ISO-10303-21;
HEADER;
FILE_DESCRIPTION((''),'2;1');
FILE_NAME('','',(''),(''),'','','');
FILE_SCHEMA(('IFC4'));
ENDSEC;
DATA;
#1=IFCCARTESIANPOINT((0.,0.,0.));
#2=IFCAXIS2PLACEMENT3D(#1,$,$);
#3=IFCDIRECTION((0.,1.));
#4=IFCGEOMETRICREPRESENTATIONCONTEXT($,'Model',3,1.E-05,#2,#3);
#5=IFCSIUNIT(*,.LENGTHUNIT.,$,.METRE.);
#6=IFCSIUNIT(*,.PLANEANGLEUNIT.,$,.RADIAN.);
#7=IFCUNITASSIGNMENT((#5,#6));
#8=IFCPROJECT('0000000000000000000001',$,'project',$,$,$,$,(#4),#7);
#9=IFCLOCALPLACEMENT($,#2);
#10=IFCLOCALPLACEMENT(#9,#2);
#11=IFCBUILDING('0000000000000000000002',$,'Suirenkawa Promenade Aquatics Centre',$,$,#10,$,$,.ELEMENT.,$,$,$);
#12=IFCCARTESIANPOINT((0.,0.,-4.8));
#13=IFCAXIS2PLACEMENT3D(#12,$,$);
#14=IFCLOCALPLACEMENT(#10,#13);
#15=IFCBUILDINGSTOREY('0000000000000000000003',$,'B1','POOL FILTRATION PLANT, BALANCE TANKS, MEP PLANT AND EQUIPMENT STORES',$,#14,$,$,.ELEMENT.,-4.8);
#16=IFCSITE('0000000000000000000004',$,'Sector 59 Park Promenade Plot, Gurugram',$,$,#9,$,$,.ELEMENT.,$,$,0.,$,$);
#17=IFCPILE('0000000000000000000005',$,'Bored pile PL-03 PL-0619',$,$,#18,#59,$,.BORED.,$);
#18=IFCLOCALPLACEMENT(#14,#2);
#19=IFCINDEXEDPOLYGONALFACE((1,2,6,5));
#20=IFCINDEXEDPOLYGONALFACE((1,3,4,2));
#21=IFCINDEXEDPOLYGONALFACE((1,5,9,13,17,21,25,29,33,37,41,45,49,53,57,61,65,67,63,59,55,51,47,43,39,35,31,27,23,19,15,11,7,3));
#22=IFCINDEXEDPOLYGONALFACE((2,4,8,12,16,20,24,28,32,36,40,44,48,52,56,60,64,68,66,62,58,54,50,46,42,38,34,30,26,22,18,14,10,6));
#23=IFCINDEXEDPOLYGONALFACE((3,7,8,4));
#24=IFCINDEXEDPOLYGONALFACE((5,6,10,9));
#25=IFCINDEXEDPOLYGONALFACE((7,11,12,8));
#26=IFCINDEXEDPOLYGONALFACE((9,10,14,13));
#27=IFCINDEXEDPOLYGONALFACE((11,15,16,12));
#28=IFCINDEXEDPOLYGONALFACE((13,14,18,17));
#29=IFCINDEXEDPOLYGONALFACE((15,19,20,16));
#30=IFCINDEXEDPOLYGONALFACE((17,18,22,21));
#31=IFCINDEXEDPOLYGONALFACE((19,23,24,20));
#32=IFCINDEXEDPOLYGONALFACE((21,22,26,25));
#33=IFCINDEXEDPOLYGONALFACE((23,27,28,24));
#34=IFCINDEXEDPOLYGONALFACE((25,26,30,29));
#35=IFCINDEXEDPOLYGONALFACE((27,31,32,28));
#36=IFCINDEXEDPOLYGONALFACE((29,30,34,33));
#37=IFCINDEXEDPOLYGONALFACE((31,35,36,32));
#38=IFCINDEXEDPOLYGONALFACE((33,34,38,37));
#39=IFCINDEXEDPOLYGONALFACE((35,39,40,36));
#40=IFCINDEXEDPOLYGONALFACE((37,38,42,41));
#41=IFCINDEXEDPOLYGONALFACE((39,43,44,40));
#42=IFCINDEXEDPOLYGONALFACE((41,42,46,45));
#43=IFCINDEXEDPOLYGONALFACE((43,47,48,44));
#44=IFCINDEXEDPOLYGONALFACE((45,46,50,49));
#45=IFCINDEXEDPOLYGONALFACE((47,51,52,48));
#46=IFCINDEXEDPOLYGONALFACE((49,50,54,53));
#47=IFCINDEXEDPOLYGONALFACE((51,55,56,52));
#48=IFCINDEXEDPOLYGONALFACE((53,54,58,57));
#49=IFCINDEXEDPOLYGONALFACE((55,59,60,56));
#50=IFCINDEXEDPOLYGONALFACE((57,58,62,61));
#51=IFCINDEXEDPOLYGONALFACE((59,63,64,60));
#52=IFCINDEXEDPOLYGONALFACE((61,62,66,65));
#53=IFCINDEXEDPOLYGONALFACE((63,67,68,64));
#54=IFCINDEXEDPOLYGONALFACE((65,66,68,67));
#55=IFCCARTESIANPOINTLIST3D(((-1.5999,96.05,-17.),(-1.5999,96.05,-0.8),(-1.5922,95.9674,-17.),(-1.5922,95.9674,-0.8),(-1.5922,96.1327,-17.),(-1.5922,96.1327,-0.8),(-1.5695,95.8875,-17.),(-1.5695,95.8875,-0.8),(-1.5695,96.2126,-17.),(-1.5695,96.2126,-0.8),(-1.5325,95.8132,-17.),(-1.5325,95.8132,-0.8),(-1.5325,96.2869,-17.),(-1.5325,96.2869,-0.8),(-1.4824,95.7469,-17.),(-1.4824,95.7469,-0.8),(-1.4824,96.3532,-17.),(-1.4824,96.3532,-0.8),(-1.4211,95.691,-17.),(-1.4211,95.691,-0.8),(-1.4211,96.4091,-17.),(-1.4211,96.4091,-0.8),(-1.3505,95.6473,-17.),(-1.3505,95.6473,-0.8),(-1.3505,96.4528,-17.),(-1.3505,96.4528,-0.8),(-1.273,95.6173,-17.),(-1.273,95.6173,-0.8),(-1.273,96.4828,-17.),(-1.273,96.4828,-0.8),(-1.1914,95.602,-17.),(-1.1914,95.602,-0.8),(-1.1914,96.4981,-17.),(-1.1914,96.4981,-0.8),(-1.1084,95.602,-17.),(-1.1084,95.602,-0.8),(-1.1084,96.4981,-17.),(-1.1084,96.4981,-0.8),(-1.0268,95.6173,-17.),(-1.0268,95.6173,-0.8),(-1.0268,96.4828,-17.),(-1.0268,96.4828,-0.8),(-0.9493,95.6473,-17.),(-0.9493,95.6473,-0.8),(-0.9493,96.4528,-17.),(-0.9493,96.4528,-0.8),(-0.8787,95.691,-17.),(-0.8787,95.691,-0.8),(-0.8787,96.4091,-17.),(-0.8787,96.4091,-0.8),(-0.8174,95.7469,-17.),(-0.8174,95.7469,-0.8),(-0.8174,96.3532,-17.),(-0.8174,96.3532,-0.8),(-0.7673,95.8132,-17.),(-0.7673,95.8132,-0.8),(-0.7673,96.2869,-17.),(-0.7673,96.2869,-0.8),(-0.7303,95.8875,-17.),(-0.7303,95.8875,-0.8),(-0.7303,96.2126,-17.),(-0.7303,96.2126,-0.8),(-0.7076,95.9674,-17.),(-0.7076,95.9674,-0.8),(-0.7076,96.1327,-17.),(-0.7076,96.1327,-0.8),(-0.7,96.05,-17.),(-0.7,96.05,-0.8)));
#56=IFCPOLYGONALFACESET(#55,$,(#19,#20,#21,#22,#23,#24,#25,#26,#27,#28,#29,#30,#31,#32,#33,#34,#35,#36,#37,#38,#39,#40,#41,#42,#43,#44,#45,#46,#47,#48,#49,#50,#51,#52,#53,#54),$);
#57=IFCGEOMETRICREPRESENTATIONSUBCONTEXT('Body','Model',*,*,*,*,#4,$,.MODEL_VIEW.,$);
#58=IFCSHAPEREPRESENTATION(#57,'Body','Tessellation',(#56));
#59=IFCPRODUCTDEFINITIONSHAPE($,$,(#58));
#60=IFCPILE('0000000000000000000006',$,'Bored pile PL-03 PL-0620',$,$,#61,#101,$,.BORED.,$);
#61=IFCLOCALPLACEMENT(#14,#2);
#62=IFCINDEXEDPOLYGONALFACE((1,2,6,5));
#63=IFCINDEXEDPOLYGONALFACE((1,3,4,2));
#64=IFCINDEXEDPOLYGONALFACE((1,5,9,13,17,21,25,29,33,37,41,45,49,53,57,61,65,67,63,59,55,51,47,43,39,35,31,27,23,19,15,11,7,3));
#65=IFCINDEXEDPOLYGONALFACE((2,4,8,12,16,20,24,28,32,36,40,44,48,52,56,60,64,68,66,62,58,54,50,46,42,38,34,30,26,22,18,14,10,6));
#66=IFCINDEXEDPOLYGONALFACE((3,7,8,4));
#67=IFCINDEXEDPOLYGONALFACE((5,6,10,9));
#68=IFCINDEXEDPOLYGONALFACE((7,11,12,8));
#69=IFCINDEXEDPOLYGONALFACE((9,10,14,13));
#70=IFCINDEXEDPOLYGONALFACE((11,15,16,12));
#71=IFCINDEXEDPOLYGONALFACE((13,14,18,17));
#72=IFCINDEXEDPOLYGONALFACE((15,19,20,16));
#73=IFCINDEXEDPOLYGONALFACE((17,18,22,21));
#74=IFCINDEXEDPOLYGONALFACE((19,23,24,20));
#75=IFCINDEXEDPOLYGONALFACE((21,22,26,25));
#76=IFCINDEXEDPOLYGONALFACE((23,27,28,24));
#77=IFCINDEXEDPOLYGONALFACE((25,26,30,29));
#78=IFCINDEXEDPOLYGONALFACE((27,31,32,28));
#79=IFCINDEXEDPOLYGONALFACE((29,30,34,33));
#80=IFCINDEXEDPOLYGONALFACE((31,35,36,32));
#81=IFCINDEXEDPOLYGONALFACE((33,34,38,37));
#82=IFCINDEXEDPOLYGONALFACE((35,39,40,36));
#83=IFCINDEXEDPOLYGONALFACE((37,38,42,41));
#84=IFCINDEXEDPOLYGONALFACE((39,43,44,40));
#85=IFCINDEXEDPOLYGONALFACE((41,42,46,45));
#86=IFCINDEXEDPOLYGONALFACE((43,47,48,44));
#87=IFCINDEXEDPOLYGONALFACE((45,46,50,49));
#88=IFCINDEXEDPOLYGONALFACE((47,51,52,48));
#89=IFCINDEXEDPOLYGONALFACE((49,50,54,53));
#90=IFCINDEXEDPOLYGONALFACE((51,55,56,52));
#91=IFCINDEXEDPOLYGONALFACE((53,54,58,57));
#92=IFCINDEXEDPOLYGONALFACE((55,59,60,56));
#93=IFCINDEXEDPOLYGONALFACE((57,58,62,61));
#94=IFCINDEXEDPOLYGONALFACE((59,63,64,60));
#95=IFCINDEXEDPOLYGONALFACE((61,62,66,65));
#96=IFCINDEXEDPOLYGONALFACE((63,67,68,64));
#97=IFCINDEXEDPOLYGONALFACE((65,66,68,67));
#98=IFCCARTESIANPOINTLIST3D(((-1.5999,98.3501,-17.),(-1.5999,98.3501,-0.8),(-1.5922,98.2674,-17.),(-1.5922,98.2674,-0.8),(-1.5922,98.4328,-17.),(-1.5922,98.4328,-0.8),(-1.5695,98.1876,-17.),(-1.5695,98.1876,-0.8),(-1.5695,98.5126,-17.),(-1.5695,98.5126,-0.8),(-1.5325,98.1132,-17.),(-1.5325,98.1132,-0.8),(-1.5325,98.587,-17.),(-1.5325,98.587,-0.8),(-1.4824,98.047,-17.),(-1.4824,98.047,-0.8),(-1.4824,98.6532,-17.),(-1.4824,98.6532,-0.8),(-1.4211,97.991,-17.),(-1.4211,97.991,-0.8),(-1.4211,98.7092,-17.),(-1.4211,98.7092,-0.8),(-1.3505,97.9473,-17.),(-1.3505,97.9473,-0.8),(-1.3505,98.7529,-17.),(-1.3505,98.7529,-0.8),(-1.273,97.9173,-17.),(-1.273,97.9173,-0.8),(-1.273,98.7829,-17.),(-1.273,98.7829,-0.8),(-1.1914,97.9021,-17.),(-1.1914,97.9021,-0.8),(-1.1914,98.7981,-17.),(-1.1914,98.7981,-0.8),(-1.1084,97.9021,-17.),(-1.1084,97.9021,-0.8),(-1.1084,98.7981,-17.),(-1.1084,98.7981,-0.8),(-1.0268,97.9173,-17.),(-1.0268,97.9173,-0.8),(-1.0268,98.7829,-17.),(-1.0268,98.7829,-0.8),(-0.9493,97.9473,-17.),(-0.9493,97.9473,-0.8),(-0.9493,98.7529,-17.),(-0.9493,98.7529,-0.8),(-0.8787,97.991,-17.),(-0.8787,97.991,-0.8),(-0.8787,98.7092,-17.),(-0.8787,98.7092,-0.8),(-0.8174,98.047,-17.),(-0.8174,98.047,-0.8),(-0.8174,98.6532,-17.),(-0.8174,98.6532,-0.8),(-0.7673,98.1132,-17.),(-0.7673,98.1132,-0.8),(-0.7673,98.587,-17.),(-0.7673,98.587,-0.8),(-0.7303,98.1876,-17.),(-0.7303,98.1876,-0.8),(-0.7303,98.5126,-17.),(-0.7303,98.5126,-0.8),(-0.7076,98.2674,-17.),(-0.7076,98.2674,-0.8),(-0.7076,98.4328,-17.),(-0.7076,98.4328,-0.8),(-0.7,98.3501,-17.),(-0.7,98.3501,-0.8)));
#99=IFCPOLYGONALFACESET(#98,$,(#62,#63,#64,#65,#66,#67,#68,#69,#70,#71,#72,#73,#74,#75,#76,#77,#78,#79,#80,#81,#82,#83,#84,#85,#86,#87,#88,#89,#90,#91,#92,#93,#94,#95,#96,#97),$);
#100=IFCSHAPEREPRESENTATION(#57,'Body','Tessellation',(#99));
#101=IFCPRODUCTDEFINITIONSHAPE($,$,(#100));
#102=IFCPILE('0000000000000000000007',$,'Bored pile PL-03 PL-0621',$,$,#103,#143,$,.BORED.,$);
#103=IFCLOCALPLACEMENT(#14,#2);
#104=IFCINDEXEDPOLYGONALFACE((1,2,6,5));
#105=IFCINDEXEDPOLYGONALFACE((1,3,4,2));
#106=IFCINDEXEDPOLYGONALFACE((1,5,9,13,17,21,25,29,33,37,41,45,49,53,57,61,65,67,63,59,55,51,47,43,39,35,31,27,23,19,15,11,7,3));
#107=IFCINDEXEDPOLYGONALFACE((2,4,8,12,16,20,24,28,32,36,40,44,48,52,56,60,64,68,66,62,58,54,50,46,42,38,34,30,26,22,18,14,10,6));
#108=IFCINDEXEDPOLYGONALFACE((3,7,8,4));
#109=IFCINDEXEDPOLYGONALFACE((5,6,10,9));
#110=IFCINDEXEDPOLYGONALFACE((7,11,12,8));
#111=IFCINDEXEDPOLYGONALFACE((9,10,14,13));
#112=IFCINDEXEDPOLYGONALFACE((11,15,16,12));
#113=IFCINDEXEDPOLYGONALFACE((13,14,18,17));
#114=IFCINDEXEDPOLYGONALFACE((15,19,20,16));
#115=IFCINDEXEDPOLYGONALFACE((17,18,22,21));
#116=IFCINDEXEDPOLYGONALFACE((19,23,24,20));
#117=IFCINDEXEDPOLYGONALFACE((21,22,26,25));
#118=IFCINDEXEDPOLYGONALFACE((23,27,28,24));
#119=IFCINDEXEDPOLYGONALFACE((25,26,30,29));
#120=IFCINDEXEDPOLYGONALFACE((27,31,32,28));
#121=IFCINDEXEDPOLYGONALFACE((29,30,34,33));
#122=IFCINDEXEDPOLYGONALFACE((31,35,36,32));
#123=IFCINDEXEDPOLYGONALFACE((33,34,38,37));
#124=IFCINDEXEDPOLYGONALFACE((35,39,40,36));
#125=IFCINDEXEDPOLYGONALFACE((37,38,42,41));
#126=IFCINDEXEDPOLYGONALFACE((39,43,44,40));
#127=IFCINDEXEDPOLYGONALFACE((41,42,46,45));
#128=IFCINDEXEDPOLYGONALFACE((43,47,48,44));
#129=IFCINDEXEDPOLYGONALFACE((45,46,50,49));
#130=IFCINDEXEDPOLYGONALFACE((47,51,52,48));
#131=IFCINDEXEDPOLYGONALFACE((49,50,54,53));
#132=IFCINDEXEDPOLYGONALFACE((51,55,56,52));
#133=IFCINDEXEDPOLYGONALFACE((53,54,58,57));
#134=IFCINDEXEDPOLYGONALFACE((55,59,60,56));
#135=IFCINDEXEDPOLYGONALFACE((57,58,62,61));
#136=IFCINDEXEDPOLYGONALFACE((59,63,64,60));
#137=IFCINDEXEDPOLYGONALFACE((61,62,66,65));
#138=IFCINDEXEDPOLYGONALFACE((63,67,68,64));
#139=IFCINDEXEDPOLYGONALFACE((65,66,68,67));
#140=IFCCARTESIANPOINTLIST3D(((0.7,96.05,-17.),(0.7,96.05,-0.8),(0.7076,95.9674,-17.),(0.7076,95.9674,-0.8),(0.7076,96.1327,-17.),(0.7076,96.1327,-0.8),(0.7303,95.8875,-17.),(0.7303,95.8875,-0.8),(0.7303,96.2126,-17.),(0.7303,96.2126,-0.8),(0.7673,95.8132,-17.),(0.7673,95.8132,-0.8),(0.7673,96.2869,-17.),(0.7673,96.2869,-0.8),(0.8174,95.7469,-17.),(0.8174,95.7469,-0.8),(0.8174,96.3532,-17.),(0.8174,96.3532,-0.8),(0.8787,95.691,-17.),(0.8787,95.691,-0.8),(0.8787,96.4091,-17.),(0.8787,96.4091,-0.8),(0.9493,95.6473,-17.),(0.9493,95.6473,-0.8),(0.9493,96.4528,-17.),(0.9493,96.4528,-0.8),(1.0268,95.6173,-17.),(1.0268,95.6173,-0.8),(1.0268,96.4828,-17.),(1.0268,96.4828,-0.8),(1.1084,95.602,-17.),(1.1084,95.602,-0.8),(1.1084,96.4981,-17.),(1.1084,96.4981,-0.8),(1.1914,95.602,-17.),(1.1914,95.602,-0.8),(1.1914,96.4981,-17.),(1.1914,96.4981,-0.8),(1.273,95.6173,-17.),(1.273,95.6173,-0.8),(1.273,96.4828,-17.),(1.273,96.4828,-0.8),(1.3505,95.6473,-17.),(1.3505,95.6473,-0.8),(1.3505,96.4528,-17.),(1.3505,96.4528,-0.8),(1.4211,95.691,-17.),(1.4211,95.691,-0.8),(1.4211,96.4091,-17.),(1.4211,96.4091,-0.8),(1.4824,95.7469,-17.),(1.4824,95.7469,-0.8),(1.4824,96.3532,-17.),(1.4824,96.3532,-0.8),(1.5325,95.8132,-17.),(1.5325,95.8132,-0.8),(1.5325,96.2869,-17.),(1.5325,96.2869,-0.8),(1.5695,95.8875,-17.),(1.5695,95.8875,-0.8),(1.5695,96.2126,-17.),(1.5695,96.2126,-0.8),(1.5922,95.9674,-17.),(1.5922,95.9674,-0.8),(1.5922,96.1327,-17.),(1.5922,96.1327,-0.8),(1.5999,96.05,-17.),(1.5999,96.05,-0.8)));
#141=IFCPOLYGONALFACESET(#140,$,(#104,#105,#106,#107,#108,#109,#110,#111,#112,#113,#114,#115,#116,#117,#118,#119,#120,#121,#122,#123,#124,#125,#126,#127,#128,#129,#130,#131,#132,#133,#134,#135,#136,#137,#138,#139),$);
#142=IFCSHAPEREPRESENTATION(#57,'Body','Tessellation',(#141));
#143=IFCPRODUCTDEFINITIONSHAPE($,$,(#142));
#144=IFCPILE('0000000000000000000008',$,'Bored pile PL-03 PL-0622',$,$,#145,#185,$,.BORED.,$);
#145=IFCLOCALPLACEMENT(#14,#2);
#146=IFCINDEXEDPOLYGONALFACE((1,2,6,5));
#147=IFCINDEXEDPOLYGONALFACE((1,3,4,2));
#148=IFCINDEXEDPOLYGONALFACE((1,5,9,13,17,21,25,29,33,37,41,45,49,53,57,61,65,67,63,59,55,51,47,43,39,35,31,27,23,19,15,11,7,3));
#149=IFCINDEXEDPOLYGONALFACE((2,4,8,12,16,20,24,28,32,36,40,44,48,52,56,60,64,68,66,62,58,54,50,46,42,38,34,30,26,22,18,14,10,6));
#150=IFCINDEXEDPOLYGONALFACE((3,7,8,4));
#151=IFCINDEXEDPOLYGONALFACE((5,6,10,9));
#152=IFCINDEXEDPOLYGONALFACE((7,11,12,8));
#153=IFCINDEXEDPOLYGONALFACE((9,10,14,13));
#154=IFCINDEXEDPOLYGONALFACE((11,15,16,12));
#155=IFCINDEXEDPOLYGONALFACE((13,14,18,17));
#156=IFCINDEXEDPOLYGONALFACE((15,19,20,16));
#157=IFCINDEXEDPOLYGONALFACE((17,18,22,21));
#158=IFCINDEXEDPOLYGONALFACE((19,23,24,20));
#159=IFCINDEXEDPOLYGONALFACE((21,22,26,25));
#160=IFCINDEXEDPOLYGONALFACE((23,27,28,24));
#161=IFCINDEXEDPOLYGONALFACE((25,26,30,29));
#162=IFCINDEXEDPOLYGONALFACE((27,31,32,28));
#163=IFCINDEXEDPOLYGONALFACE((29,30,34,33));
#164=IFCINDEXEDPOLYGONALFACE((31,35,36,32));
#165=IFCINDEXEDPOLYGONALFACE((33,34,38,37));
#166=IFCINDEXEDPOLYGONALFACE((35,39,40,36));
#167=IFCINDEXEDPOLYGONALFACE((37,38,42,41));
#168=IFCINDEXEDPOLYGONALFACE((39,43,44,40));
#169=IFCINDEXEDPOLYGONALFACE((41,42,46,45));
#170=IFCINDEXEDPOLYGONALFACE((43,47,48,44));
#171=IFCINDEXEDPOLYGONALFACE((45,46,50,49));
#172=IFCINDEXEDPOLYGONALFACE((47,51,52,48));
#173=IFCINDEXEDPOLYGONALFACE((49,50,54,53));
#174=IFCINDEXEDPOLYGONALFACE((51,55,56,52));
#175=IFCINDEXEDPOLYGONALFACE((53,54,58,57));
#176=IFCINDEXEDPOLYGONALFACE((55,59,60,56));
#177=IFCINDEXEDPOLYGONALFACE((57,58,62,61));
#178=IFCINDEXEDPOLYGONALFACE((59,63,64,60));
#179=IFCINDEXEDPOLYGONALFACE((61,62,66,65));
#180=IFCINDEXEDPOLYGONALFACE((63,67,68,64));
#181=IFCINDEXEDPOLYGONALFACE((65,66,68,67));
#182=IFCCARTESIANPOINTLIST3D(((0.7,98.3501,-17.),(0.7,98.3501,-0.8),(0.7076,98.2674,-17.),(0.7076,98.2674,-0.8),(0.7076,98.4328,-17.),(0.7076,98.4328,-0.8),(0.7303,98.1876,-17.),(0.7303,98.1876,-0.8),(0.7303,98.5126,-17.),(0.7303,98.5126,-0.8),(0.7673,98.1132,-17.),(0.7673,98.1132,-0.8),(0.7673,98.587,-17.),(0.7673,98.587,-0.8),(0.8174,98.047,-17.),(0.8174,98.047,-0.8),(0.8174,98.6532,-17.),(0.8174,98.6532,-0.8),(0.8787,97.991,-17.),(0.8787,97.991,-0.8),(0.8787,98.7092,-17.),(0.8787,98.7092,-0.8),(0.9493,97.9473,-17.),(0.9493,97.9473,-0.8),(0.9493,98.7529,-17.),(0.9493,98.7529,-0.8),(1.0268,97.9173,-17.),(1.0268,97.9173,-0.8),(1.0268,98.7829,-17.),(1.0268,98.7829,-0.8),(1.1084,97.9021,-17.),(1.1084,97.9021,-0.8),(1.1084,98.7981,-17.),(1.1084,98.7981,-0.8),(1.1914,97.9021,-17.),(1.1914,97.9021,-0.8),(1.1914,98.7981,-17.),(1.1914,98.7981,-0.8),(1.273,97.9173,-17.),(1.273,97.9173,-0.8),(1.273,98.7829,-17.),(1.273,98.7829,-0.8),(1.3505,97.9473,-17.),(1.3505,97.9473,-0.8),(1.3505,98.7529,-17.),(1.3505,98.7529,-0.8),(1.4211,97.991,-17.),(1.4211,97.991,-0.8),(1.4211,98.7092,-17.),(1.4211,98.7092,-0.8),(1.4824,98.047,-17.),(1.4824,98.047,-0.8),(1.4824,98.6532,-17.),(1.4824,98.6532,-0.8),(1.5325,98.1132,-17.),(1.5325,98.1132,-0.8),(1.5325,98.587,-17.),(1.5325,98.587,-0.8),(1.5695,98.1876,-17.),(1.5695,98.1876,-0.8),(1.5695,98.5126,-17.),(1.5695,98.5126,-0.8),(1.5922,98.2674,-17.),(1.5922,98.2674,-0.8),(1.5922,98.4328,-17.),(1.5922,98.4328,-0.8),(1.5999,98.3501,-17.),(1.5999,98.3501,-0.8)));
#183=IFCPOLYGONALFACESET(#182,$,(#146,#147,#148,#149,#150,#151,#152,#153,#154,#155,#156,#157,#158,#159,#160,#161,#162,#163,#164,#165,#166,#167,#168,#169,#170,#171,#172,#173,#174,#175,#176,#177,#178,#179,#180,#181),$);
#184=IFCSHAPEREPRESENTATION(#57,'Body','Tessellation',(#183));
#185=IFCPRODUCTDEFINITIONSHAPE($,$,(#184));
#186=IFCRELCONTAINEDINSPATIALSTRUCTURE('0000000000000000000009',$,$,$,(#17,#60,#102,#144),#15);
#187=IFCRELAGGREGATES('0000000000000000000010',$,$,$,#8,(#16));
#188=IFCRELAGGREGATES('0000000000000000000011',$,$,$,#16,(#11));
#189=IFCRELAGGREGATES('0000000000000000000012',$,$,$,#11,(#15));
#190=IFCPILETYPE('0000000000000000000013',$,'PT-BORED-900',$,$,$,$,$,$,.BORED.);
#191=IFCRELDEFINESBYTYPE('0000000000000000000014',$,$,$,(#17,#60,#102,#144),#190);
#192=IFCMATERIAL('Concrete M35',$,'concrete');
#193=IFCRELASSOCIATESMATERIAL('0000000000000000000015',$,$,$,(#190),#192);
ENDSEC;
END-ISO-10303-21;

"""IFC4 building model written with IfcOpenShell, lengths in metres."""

from ifc_helpers import new_model, si_unit, direction, frame, origin, origin_2d, place, context, subcontext, project, spatial, circle, extrude, material, material_profile, profile_set, type_object, element, save


model = new_model("IFC4")

# Units and contexts
model_context = context("Model", 3, precision=1e-05, world=origin(), true_north=direction((0.0, 1.0)))
body_context = subcontext(model_context, "Body", "Model", "MODEL_VIEW")
ifc_project = project(units=[si_unit("LENGTHUNIT", "METRE"), si_unit("PLANEANGLEUNIT", "RADIAN")], contexts=[model_context])

# Site, building, storey
site_placement = place(None, origin())
site = spatial("IfcSite", under=ifc_project, at=site_placement, Name="Sector 59 Park Promenade Plot, Gurugram", CompositionType="ELEMENT", RefElevation=0.0)
building_placement = place(site_placement, origin())
building = spatial("IfcBuilding", under=site, at=building_placement, Name="Suirenkawa Promenade Aquatics Centre", CompositionType="ELEMENT")
storey_placement = place(building_placement, frame((0.0, 0.0, -4.8)))
storey = spatial("IfcBuildingStorey", under=building, at=storey_placement, Name="B1", Description="POOL FILTRATION PLANT, BALANCE TANKS, MEP PLANT AND EQUIPMENT STORES", CompositionType="ELEMENT", Elevation=-4.8)

# Shared definitions
ifc_material_1 = material(Name="Concrete M35", Category="concrete")

# Piles
ifc_material_profile_1 = material_profile(ifc_material_1, circle(Radius=0.45, at=origin_2d()), Name="PILE D900", Category="concrete")
ifc_profile_set_1 = profile_set([ifc_material_profile_1], Name="Concrete M35")
pile_type_1 = type_object("IfcPileType", Name="PT-BORED-900", PredefinedType="BORED", material=ifc_profile_set_1)
for number, where, z_axis, x_axis, name in (
    (1, (-1.1499, 96.05, -0.8), (0.0, 0.0, -1.0), (1.0, 0.0, 0.0), "Bored pile PL-03 PL-0619"),
    (2, (-1.1499, 98.3501, -0.8), (0.0, 0.0, -1.0), (1.0, 0.0, 0.0), "Bored pile PL-03 PL-0620"),
    (3, (1.1499, 96.05, -0.8), (0.0, 0.0, -1.0), (1.0, 0.0, 0.0), "Bored pile PL-03 PL-0621"),
    (4, (1.1499, 98.3501, -0.8), (0.0, 0.0, -1.0), (1.0, 0.0, 0.0), "Bored pile PL-03 PL-0622"),
):
    element("IfcPile", number, at=place(storey_placement, frame(where, z_axis=z_axis, x_axis=x_axis)), inside=storey, type_object=pile_type_1, Name=name, PredefinedType="BORED", context=body_context, shape_type="SweptSolid", body=[
        extrude(circle(Radius=0.45, at=origin_2d()), origin(), (0.0, 0.0, 1.0), 16.2),
    ])

save(model, "model.ifc")
